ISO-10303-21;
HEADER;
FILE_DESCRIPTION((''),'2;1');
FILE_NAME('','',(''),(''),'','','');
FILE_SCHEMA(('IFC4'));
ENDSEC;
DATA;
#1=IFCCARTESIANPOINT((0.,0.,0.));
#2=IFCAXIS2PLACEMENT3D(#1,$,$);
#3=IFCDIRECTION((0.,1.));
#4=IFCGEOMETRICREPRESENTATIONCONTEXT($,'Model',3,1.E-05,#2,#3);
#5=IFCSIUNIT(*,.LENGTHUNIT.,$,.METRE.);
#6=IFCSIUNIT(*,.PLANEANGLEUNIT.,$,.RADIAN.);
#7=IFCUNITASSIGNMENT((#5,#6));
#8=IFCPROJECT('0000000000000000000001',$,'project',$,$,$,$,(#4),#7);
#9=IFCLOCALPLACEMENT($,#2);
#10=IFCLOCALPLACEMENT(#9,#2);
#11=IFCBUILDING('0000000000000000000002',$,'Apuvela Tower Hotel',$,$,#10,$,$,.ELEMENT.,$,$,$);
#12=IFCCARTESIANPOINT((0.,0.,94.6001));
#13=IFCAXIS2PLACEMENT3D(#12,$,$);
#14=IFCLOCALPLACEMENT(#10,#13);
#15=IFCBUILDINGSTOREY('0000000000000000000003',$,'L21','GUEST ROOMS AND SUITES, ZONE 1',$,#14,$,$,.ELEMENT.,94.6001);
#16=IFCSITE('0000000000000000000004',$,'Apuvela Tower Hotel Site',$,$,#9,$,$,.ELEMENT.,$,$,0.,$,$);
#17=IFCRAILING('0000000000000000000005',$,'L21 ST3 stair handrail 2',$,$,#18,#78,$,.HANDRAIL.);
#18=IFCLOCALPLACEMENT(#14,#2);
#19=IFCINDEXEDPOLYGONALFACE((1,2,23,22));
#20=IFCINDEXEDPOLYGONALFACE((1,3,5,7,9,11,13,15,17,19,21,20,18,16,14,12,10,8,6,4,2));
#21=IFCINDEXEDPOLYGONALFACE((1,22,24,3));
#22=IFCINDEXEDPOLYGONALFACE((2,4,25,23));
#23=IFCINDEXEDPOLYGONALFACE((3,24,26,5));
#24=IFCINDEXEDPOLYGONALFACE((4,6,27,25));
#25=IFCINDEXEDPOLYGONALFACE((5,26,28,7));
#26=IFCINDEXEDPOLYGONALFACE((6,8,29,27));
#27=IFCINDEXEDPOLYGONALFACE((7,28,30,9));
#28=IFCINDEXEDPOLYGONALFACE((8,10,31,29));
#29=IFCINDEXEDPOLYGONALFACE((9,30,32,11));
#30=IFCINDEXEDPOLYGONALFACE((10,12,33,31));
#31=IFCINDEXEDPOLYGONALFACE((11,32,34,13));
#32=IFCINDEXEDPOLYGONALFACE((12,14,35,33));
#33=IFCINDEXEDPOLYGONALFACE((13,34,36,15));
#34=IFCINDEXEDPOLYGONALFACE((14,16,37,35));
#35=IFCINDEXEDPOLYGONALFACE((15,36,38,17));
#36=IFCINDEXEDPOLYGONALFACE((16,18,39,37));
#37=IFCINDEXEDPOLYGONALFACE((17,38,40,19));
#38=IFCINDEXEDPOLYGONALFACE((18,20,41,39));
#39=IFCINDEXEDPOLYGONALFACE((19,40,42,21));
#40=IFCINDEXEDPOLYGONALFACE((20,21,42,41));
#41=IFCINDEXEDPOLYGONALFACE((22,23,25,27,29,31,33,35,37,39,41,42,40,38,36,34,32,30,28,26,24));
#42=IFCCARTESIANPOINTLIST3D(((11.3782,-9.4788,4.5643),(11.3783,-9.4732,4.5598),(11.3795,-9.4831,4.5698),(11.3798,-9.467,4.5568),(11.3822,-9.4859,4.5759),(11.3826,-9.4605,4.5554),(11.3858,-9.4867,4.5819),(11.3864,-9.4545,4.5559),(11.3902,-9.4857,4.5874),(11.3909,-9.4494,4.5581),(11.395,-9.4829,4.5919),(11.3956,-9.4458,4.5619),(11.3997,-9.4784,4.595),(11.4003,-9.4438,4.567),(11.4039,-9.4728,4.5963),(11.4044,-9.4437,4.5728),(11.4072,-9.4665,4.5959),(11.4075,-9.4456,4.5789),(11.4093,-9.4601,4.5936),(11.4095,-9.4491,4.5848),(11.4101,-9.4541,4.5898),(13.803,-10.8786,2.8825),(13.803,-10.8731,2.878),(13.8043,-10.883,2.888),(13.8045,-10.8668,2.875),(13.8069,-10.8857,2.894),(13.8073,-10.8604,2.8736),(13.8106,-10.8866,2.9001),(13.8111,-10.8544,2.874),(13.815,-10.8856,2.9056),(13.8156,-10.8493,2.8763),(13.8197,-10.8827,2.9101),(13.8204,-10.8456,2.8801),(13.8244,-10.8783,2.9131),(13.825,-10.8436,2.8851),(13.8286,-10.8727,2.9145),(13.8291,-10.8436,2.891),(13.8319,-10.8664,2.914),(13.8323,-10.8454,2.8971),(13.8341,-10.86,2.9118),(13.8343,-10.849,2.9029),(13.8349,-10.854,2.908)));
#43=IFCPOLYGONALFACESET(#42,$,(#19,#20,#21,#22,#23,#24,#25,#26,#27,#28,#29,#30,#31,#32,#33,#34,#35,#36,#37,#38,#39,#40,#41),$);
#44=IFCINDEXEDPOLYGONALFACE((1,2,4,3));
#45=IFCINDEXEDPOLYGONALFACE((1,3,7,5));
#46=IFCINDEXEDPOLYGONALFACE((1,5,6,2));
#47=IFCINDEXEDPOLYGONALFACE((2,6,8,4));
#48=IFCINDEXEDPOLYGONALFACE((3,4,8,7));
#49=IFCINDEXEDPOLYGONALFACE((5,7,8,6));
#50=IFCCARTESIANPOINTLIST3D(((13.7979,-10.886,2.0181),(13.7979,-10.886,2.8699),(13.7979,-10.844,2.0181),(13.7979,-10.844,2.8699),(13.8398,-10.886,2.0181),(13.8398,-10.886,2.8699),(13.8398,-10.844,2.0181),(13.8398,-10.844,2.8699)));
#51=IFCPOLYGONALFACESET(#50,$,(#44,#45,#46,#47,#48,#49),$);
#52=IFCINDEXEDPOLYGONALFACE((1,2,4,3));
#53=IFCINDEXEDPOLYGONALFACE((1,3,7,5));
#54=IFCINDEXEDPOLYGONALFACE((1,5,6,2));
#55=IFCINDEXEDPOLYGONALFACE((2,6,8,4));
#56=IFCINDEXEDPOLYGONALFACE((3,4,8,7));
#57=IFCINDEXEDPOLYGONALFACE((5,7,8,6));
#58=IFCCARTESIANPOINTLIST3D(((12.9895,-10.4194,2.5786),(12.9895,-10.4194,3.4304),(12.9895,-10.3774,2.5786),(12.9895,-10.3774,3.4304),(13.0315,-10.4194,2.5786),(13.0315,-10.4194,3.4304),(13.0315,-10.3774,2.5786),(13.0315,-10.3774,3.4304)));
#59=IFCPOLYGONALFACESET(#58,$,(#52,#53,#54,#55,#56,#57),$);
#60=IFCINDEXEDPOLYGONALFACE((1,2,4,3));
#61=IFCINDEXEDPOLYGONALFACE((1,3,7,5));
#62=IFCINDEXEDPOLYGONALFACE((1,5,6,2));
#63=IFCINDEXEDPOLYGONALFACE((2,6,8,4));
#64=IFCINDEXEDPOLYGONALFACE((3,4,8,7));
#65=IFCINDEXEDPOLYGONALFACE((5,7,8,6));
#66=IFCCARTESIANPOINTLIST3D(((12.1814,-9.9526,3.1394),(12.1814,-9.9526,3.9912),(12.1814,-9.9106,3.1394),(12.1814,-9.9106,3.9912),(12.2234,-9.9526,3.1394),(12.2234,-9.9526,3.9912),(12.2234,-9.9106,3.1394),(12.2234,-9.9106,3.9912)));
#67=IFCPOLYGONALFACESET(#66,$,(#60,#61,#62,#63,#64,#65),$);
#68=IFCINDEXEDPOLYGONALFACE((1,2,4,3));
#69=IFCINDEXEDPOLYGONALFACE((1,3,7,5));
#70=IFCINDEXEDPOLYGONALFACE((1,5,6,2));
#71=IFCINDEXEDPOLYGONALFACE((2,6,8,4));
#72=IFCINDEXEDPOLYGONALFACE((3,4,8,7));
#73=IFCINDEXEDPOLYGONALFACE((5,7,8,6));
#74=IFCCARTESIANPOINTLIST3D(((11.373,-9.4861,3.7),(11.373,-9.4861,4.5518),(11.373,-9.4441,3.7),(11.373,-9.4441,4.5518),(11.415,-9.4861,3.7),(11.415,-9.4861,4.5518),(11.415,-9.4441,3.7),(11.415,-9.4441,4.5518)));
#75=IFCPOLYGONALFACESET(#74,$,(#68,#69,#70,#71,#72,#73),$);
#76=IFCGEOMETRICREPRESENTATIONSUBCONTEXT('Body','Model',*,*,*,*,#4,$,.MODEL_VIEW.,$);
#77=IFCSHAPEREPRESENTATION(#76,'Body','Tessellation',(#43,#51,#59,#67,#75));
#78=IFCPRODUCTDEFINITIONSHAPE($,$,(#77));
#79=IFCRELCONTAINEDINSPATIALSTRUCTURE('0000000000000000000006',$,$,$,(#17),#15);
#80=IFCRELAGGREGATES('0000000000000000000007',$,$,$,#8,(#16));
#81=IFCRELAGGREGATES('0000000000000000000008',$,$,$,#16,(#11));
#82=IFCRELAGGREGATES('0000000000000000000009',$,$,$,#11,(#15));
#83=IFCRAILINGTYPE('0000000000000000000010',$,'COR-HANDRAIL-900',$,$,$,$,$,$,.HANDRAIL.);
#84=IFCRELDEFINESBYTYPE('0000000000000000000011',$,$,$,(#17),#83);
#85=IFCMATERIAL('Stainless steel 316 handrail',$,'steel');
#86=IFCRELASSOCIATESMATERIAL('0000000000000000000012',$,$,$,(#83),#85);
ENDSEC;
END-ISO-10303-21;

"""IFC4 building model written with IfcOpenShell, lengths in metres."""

from ifc_helpers import new_model, si_unit, direction, frame, origin, origin_2d, place, context, subcontext, project, spatial, rectangle, circle, extrude, material, type_object, element, save


model = new_model("IFC4")

# Units and contexts
model_context = context("Model", 3, precision=1e-05, world=origin(), true_north=direction((0.0, 1.0)))
body_context = subcontext(model_context, "Body", "Model", "MODEL_VIEW")
ifc_project = project(units=[si_unit("LENGTHUNIT", "METRE"), si_unit("PLANEANGLEUNIT", "RADIAN")], contexts=[model_context])

# Site, building, storey
site_placement = place(None, origin())
site = spatial("IfcSite", under=ifc_project, at=site_placement, Name="Apuvela Tower Hotel Site", CompositionType="ELEMENT", RefElevation=0.0)
building_placement = place(site_placement, origin())
building = spatial("IfcBuilding", under=site, at=building_placement, Name="Apuvela Tower Hotel", CompositionType="ELEMENT")
storey_placement = place(building_placement, frame((0.0, 0.0, 94.6001)))
storey = spatial("IfcBuildingStorey", under=building, at=storey_placement, Name="L21", Description="GUEST ROOMS AND SUITES, ZONE 1", CompositionType="ELEMENT", Elevation=94.6001)

# Railing
ifc_material_1 = material(Name="Stainless steel 316 handrail", Category="steel")
railing_type_1 = type_object("IfcRailingType", Name="COR-HANDRAIL-900", PredefinedType="HANDRAIL", material=ifc_material_1)
railing_1_placement = place(storey_placement, frame((13.8188, -10.865, 2.0181)))
element("IfcRailing", 1, at=railing_1_placement, inside=storey, type_object=railing_type_1, Name="L21 ST3 stair handrail 2", PredefinedType="HANDRAIL", context=body_context, shape_type="SweptSolid", body=[
    extrude(circle(Radius=0.0239, at=origin_2d()), frame((0.0, 0.0, 0.876), z_axis=(-0.74239, 0.428601, 0.514934), x_axis=(-0.499984, -0.866035, 0.0)), (0.0, 0.0, 1.0), 3.2661),
    extrude(rectangle(XDim=0.042, YDim=0.042, at=origin_2d()), origin(), (0.0, 0.0, 1.0), 0.8518),
    extrude(rectangle(XDim=0.042, YDim=0.042, at=origin_2d()), frame((-0.8083, 0.4666, 0.5605)), (0.0, 0.0, 1.0), 0.8518),
    extrude(rectangle(XDim=0.042, YDim=0.042, at=origin_2d()), frame((-1.6165, 0.9333, 1.1213)), (0.0, 0.0, 1.0), 0.8518),
    extrude(rectangle(XDim=0.042, YDim=0.042, at=origin_2d()), frame((-2.4248, 1.3999, 1.6819)), (0.0, 0.0, 1.0), 0.8518),
])

save(model, "model.ifc")
